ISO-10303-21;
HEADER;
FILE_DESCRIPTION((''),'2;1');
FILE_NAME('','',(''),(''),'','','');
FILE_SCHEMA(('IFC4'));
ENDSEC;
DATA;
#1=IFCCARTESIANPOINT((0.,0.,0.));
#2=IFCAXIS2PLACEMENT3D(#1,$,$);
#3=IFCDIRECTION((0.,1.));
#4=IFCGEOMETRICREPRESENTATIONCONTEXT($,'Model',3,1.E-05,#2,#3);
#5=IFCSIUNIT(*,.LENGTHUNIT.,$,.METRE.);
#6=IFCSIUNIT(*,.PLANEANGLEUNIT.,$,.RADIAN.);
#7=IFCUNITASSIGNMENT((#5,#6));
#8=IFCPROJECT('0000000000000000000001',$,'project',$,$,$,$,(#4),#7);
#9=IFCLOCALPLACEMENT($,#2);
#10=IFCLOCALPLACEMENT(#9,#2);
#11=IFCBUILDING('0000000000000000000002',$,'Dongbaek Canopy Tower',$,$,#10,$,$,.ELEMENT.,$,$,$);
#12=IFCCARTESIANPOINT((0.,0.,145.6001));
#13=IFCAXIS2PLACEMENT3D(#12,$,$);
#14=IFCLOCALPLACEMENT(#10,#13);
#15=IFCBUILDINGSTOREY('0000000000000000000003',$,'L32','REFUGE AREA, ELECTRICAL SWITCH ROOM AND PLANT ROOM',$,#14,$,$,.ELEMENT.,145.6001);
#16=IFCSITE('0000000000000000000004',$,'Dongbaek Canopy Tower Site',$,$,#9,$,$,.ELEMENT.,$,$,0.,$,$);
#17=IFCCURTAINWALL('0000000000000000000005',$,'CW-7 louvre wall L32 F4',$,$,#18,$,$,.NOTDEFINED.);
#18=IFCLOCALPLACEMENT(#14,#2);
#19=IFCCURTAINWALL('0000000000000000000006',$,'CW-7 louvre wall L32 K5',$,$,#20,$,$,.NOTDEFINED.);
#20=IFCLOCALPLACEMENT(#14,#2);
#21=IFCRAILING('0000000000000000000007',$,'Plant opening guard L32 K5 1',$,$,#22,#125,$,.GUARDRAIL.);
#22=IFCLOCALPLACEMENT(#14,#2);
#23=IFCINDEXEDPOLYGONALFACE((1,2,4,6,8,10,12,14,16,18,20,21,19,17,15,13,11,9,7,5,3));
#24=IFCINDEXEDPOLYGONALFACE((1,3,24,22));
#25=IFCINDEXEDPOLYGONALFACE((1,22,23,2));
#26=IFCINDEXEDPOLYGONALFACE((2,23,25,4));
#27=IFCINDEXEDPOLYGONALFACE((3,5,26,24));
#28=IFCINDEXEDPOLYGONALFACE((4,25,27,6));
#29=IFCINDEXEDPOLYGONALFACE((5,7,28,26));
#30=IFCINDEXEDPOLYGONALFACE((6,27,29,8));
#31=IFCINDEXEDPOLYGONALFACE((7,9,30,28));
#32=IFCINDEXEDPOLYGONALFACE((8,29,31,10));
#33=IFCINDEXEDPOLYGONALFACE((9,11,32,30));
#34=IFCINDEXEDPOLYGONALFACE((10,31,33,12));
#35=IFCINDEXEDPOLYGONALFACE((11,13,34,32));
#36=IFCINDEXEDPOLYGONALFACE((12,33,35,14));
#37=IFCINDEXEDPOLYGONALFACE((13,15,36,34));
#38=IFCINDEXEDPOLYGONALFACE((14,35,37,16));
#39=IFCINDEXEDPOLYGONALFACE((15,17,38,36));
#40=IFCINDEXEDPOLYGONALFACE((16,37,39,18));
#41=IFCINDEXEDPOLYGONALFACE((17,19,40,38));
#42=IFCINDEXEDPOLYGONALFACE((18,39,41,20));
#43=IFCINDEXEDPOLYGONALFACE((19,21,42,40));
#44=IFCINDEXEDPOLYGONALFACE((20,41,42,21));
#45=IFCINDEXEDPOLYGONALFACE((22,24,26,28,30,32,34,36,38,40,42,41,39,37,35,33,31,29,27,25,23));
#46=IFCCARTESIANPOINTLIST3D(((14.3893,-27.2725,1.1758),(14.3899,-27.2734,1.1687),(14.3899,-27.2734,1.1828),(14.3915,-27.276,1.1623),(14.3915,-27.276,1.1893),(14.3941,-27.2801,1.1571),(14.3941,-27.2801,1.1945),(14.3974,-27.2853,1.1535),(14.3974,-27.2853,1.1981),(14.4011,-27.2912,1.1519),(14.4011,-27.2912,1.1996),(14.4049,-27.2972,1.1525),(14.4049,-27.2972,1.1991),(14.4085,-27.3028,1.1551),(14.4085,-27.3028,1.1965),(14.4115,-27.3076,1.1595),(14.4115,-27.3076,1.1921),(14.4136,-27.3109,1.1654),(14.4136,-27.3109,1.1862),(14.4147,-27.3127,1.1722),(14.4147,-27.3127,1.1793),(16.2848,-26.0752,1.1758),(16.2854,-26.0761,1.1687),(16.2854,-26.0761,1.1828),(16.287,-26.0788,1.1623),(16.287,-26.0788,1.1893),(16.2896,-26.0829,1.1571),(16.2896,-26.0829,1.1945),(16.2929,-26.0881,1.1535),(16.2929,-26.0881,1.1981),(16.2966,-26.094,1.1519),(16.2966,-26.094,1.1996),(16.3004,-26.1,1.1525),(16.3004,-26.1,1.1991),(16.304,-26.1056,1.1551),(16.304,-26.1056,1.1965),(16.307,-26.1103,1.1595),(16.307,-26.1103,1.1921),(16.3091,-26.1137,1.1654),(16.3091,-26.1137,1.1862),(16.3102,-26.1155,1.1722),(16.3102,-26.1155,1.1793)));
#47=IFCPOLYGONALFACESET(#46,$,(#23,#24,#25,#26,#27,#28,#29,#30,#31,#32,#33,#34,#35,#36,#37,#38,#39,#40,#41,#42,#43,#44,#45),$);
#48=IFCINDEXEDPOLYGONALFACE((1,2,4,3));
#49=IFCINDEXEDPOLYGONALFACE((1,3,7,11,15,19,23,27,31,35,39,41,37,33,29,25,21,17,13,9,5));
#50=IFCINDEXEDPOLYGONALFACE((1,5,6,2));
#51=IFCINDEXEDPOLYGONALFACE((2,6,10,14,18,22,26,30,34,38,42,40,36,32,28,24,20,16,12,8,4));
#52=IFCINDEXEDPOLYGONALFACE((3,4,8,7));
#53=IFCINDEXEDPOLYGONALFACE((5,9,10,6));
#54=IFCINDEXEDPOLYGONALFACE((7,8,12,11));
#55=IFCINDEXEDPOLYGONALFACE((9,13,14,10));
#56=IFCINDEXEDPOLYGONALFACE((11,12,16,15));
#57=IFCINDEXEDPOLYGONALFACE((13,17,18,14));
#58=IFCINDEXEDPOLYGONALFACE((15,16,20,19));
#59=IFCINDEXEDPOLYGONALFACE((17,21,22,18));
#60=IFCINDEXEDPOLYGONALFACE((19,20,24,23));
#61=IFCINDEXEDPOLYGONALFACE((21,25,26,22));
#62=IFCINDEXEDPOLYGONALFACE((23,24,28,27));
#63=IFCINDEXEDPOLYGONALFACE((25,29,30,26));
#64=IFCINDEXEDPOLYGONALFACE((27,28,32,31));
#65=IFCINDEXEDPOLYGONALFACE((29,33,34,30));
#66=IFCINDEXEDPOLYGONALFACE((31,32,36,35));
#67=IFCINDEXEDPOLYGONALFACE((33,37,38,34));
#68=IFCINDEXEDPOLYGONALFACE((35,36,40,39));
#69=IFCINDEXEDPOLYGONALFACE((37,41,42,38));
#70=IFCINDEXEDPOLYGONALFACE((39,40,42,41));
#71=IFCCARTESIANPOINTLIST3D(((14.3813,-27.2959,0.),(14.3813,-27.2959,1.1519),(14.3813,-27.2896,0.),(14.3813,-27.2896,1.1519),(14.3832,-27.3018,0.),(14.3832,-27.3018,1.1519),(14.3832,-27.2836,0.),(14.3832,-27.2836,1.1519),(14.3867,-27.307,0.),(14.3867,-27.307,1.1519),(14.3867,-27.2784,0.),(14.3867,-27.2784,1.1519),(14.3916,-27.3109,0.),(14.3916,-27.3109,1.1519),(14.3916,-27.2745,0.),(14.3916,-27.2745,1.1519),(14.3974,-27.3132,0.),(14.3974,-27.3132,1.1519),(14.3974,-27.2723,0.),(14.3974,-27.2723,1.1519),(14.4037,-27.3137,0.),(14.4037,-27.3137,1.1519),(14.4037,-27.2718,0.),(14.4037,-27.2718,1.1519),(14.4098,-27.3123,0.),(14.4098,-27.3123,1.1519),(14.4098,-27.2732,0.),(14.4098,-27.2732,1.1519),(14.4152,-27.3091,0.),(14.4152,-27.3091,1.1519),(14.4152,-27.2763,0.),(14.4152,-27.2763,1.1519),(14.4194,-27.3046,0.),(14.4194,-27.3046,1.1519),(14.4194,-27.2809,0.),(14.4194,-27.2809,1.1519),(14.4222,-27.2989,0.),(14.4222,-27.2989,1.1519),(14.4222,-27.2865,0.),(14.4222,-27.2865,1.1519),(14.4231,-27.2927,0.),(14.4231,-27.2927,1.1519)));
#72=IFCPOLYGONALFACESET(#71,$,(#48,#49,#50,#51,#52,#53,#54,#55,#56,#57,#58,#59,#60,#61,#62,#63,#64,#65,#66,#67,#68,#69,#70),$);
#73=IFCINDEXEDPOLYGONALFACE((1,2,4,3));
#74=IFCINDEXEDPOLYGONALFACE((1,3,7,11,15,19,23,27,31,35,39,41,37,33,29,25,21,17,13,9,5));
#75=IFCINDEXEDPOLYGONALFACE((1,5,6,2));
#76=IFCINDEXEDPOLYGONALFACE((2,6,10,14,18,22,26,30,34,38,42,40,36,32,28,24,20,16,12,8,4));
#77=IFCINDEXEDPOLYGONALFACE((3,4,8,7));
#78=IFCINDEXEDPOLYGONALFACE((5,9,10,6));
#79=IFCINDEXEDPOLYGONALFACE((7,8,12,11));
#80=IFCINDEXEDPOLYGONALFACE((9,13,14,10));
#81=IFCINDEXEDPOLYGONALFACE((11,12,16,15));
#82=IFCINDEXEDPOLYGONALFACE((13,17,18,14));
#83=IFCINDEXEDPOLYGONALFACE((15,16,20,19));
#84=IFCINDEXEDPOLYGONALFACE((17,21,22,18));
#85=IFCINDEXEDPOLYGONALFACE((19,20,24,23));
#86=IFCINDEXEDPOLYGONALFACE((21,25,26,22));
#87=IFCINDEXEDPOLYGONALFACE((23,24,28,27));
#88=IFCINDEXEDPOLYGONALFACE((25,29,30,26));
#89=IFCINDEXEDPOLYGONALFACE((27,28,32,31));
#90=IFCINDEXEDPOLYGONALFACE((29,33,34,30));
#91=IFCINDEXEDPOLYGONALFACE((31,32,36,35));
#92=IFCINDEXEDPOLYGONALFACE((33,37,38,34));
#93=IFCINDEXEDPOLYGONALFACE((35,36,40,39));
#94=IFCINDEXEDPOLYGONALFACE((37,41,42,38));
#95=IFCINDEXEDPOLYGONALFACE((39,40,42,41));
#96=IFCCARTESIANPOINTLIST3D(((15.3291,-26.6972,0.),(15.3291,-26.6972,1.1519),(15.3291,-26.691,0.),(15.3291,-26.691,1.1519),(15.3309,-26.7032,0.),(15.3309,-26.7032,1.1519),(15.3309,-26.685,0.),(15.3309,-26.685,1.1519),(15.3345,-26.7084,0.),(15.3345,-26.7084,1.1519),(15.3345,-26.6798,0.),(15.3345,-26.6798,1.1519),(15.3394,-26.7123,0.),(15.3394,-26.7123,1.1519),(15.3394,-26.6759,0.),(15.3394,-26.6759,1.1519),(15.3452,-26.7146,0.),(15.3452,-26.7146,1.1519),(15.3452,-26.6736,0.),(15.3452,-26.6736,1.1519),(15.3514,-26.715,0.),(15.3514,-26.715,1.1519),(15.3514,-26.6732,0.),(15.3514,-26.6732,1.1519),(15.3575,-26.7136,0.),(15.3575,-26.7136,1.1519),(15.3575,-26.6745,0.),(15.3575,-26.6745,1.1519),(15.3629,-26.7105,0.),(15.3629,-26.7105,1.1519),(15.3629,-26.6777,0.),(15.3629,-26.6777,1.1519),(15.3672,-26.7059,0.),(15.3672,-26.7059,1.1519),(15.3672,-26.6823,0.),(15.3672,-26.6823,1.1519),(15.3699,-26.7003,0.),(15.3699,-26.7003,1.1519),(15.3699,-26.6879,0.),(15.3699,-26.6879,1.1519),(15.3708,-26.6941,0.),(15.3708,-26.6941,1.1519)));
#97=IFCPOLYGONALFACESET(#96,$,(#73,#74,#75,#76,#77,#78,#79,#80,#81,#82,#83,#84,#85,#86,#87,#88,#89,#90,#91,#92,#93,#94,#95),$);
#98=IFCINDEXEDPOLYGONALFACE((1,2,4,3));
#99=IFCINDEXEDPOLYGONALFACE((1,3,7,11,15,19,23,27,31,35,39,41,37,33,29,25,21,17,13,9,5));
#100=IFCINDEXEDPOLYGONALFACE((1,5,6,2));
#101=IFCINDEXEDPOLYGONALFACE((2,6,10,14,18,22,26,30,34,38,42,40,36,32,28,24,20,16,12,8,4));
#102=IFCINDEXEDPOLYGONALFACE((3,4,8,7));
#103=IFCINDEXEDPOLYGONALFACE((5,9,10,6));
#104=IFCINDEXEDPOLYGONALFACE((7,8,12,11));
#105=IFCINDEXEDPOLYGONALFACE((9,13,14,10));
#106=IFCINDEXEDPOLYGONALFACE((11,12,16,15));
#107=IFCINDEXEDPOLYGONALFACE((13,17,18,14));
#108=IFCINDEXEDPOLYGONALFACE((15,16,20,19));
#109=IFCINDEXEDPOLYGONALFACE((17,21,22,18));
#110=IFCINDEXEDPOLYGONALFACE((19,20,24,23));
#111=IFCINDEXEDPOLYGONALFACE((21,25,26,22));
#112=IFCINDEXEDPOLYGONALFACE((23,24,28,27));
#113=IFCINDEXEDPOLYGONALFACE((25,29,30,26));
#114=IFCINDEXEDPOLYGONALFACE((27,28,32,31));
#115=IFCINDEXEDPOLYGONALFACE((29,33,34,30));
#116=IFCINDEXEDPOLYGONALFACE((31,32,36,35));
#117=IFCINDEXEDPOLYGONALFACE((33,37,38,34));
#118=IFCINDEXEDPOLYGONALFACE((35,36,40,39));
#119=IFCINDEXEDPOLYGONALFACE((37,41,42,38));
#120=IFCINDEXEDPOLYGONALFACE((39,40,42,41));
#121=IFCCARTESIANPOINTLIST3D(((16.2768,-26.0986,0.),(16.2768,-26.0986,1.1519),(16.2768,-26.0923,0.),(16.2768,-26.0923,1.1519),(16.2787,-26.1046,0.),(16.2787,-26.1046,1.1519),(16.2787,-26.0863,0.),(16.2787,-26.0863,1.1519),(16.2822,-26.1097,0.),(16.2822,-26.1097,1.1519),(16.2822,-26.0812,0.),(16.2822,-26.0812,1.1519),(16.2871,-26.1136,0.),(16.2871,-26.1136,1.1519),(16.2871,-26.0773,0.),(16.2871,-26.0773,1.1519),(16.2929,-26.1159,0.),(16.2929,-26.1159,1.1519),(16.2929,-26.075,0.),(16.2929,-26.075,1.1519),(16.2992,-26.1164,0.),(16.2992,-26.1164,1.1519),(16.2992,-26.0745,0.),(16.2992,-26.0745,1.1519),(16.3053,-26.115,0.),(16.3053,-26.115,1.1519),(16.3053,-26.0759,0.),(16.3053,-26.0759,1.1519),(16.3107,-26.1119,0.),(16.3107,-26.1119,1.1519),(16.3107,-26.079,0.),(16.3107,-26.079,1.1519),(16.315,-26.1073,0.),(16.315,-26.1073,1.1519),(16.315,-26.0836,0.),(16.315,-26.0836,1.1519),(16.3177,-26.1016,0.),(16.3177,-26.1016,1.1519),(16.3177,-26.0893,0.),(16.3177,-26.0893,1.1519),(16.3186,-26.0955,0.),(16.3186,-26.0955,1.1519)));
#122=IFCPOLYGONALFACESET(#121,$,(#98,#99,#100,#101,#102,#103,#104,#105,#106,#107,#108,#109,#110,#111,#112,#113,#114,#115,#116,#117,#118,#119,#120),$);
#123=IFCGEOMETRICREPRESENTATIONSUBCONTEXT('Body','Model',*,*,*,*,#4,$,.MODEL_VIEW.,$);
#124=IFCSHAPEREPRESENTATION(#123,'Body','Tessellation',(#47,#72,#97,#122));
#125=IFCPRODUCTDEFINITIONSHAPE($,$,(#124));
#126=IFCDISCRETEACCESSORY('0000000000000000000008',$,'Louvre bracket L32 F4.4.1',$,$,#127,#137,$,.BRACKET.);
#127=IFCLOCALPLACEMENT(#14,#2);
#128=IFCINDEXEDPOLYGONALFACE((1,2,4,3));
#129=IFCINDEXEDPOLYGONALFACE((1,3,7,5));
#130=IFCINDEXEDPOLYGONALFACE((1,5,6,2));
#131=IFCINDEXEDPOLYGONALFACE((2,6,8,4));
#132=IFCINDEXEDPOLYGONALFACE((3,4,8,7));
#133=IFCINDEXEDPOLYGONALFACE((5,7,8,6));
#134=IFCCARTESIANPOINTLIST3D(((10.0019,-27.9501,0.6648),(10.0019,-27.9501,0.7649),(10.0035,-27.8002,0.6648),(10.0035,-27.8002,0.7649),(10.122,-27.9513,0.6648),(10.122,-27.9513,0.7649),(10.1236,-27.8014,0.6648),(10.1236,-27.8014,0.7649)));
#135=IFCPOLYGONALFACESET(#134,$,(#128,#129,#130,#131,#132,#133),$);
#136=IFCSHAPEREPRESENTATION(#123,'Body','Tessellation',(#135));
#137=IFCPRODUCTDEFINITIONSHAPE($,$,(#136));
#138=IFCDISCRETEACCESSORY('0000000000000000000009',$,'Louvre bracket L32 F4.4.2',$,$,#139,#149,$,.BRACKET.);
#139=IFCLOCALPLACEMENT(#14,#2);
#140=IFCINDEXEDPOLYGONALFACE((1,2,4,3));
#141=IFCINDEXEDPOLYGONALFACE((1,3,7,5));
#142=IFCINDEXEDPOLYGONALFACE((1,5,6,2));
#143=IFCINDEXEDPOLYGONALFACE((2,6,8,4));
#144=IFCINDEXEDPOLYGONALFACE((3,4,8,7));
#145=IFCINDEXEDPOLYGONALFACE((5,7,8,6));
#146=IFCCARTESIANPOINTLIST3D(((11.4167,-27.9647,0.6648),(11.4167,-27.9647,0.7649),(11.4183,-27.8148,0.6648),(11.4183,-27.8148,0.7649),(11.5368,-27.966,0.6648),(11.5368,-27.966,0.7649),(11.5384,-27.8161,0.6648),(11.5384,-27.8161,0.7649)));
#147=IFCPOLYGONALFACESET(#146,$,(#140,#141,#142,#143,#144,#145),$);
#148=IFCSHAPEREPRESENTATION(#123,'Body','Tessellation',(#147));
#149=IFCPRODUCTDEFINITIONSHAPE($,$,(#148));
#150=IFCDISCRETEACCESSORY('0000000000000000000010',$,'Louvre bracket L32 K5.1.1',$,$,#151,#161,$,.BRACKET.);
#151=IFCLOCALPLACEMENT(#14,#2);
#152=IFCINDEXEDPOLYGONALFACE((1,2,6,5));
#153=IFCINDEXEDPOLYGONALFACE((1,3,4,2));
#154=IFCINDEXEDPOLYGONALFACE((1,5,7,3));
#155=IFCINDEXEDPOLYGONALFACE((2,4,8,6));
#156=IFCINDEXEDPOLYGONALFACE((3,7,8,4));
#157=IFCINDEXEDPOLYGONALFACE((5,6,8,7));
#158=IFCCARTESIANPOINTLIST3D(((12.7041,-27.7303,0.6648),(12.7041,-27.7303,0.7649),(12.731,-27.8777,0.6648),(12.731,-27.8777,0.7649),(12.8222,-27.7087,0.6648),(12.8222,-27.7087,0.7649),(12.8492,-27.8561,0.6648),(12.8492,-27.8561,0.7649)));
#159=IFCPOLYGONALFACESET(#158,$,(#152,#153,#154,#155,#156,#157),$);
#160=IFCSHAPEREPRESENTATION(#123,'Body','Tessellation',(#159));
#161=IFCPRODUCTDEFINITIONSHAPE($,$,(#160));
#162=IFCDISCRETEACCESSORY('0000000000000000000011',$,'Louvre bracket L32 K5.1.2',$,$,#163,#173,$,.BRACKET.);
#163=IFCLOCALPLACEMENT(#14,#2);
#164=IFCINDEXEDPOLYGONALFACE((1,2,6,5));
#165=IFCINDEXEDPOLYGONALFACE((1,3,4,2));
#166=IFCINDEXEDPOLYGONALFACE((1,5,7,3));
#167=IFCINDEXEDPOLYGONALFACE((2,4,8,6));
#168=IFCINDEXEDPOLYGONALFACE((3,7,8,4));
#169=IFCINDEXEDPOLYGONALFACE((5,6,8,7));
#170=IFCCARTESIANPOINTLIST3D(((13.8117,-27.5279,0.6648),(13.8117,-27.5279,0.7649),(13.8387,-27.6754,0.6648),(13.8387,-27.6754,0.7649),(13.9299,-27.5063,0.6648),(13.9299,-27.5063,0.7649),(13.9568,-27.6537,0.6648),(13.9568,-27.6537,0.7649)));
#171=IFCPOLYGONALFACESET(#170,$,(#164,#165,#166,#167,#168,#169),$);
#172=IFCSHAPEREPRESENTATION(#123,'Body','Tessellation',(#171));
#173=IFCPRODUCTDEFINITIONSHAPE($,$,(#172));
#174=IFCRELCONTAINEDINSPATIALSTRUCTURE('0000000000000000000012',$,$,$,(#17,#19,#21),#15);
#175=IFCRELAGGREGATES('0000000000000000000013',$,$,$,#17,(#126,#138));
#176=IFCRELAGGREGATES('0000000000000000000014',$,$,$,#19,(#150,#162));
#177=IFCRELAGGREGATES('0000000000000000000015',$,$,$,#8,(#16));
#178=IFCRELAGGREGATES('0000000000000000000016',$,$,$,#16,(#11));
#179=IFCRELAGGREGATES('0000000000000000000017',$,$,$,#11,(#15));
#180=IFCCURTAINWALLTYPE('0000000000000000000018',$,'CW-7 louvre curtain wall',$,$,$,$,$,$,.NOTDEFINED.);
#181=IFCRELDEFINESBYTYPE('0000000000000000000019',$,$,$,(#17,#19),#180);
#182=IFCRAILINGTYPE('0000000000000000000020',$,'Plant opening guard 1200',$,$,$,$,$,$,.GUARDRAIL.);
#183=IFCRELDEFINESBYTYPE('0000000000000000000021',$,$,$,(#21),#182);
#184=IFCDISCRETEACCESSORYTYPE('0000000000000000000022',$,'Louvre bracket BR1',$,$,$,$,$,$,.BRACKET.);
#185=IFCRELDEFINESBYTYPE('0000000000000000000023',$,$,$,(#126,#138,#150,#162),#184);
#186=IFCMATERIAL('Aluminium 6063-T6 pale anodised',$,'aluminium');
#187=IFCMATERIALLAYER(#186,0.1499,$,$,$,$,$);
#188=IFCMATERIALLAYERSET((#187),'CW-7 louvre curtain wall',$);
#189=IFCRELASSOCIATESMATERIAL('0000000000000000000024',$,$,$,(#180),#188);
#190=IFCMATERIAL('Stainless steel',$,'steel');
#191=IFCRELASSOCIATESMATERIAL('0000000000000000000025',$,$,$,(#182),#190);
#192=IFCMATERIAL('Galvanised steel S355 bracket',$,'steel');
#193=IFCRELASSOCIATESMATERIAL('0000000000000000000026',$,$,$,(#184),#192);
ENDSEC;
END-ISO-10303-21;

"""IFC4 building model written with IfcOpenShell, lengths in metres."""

from ifc_helpers import new_model, si_unit, direction, frame, origin, origin_2d, place, context, subcontext, project, spatial, rectangle, circle, extrude, material, layer, layer_set, type_object, element, aggregate, save


model = new_model("IFC4")

# Units and contexts
model_context = context("Model", 3, precision=1e-05, world=origin(), true_north=direction((0.0, 1.0)))
body_context = subcontext(model_context, "Body", "Model", "MODEL_VIEW")
ifc_project = project(units=[si_unit("LENGTHUNIT", "METRE"), si_unit("PLANEANGLEUNIT", "RADIAN")], contexts=[model_context])

# Site, building, storey
site_placement = place(None, origin())
site = spatial("IfcSite", under=ifc_project, at=site_placement, Name="Dongbaek Canopy Tower Site", CompositionType="ELEMENT", RefElevation=0.0)
building_placement = place(site_placement, origin())
building = spatial("IfcBuilding", under=site, at=building_placement, Name="Dongbaek Canopy Tower", CompositionType="ELEMENT")
storey_placement = place(building_placement, frame((0.0, 0.0, 145.6001)))
storey = spatial("IfcBuildingStorey", under=building, at=storey_placement, Name="L32", Description="REFUGE AREA, ELECTRICAL SWITCH ROOM AND PLANT ROOM", CompositionType="ELEMENT", Elevation=145.6001)

# Curtain walls
ifc_material_1 = material(Name="Aluminium 6063-T6 pale anodised", Category="aluminium")
ifc_layer_1 = layer(ifc_material_1, 0.1499)
ifc_layer_set_1 = layer_set([ifc_layer_1], Name="CW-7 louvre curtain wall")
curtain_wall_type = type_object("IfcCurtainWallType", Name="CW-7 louvre curtain wall", PredefinedType="NOTDEFINED", material=ifc_layer_set_1)
curtain_wall_1_placement = place(storey_placement, origin())
curtain_wall_1 = element("IfcCurtainWall", 1, at=curtain_wall_1_placement, inside=storey, type_object=curtain_wall_type, Name="CW-7 louvre wall L32 F4", PredefinedType="NOTDEFINED")
curtain_wall_2_placement = place(storey_placement, origin())
curtain_wall_2 = element("IfcCurtainWall", 2, at=curtain_wall_2_placement, inside=storey, type_object=curtain_wall_type, Name="CW-7 louvre wall L32 K5", PredefinedType="NOTDEFINED")

# Railing
ifc_material_2 = material(Name="Stainless steel", Category="steel")
railing_type = type_object("IfcRailingType", Name="Plant opening guard 1200", PredefinedType="GUARDRAIL", material=ifc_material_2)
railing_placement = place(storey_placement, frame((14.4021, -27.2927, 0.0)))
element("IfcRailing", 3, at=railing_placement, inside=storey, type_object=railing_type, Name="Plant opening guard L32 K5 1", PredefinedType="GUARDRAIL", context=body_context, shape_type="SweptSolid", body=[
    extrude(circle(Radius=0.0239, at=origin_2d()), frame((0.0, 0.0, 1.1758), z_axis=(0.845468, 0.534026, 0.0), x_axis=(-0.534026, 0.845468, 0.0)), (0.0, 0.0, 1.0), 2.2419),
    extrude(circle(Radius=0.021, at=origin_2d()), origin(), (0.0, 0.0, 1.0), 1.1519),
    extrude(circle(Radius=0.021, at=origin_2d()), frame((0.9478, 0.5986, 0.0)), (0.0, 0.0, 1.0), 1.1519),
    extrude(circle(Radius=0.021, at=origin_2d()), frame((1.8955, 1.1973, 0.0)), (0.0, 0.0, 1.0), 1.1519),
])

# Discrete accessories
ifc_material_3 = material(Name="Galvanised steel S355 bracket", Category="steel")
discrete_accessory_type = type_object("IfcDiscreteAccessoryType", Name="Louvre bracket BR1", PredefinedType="BRACKET", material=ifc_material_3)
discrete_accessory_1_placement = place(storey_placement, frame((10.0627, -27.8757, 0.6648), z_axis=(0.0, 0.0, 1.0), x_axis=(0.999946, -0.010401, 0.0)))
discrete_accessory_1 = element("IfcDiscreteAccessory", 4, at=discrete_accessory_1_placement, type_object=discrete_accessory_type, Name="Louvre bracket L32 F4.4.1", PredefinedType="BRACKET", context=body_context, shape_type="SweptSolid", body=[
    extrude(rectangle(XDim=0.1201, YDim=0.1499, at=origin_2d()), origin(), (0.0, 0.0, 1.0), 0.1001),
])
discrete_accessory_2_placement = place(storey_placement, frame((11.4775, -27.8904, 0.6648), z_axis=(0.0, 0.0, 1.0), x_axis=(0.999946, -0.010401, 0.0)))
discrete_accessory_2 = element("IfcDiscreteAccessory", 5, at=discrete_accessory_2_placement, type_object=discrete_accessory_type, Name="Louvre bracket L32 F4.4.2", PredefinedType="BRACKET", context=body_context, shape_type="SweptSolid", body=[
    extrude(rectangle(XDim=0.1201, YDim=0.1499, at=origin_2d()), origin(), (0.0, 0.0, 1.0), 0.1001),
])
aggregate(curtain_wall_1, [discrete_accessory_1, discrete_accessory_2])
discrete_accessory_3_placement = place(storey_placement, frame((12.7766, -27.7932, 0.6648), z_axis=(0.0, 0.0, 1.0), x_axis=(0.983695, 0.179846, 0.0)))
discrete_accessory_3 = element("IfcDiscreteAccessory", 6, at=discrete_accessory_3_placement, type_object=discrete_accessory_type, Name="Louvre bracket L32 K5.1.1", PredefinedType="BRACKET", context=body_context, shape_type="SweptSolid", body=[
    extrude(rectangle(XDim=0.1201, YDim=0.1499, at=origin_2d()), origin(), (0.0, 0.0, 1.0), 0.1001),
])
discrete_accessory_4_placement = place(storey_placement, frame((13.8843, -27.5908, 0.6648), z_axis=(0.0, 0.0, 1.0), x_axis=(0.983695, 0.179846, 0.0)))
discrete_accessory_4 = element("IfcDiscreteAccessory", 7, at=discrete_accessory_4_placement, type_object=discrete_accessory_type, Name="Louvre bracket L32 K5.1.2", PredefinedType="BRACKET", context=body_context, shape_type="SweptSolid", body=[
    extrude(rectangle(XDim=0.1201, YDim=0.1499, at=origin_2d()), origin(), (0.0, 0.0, 1.0), 0.1001),
])
aggregate(curtain_wall_2, [discrete_accessory_3, discrete_accessory_4])

save(model, "model.ifc")
